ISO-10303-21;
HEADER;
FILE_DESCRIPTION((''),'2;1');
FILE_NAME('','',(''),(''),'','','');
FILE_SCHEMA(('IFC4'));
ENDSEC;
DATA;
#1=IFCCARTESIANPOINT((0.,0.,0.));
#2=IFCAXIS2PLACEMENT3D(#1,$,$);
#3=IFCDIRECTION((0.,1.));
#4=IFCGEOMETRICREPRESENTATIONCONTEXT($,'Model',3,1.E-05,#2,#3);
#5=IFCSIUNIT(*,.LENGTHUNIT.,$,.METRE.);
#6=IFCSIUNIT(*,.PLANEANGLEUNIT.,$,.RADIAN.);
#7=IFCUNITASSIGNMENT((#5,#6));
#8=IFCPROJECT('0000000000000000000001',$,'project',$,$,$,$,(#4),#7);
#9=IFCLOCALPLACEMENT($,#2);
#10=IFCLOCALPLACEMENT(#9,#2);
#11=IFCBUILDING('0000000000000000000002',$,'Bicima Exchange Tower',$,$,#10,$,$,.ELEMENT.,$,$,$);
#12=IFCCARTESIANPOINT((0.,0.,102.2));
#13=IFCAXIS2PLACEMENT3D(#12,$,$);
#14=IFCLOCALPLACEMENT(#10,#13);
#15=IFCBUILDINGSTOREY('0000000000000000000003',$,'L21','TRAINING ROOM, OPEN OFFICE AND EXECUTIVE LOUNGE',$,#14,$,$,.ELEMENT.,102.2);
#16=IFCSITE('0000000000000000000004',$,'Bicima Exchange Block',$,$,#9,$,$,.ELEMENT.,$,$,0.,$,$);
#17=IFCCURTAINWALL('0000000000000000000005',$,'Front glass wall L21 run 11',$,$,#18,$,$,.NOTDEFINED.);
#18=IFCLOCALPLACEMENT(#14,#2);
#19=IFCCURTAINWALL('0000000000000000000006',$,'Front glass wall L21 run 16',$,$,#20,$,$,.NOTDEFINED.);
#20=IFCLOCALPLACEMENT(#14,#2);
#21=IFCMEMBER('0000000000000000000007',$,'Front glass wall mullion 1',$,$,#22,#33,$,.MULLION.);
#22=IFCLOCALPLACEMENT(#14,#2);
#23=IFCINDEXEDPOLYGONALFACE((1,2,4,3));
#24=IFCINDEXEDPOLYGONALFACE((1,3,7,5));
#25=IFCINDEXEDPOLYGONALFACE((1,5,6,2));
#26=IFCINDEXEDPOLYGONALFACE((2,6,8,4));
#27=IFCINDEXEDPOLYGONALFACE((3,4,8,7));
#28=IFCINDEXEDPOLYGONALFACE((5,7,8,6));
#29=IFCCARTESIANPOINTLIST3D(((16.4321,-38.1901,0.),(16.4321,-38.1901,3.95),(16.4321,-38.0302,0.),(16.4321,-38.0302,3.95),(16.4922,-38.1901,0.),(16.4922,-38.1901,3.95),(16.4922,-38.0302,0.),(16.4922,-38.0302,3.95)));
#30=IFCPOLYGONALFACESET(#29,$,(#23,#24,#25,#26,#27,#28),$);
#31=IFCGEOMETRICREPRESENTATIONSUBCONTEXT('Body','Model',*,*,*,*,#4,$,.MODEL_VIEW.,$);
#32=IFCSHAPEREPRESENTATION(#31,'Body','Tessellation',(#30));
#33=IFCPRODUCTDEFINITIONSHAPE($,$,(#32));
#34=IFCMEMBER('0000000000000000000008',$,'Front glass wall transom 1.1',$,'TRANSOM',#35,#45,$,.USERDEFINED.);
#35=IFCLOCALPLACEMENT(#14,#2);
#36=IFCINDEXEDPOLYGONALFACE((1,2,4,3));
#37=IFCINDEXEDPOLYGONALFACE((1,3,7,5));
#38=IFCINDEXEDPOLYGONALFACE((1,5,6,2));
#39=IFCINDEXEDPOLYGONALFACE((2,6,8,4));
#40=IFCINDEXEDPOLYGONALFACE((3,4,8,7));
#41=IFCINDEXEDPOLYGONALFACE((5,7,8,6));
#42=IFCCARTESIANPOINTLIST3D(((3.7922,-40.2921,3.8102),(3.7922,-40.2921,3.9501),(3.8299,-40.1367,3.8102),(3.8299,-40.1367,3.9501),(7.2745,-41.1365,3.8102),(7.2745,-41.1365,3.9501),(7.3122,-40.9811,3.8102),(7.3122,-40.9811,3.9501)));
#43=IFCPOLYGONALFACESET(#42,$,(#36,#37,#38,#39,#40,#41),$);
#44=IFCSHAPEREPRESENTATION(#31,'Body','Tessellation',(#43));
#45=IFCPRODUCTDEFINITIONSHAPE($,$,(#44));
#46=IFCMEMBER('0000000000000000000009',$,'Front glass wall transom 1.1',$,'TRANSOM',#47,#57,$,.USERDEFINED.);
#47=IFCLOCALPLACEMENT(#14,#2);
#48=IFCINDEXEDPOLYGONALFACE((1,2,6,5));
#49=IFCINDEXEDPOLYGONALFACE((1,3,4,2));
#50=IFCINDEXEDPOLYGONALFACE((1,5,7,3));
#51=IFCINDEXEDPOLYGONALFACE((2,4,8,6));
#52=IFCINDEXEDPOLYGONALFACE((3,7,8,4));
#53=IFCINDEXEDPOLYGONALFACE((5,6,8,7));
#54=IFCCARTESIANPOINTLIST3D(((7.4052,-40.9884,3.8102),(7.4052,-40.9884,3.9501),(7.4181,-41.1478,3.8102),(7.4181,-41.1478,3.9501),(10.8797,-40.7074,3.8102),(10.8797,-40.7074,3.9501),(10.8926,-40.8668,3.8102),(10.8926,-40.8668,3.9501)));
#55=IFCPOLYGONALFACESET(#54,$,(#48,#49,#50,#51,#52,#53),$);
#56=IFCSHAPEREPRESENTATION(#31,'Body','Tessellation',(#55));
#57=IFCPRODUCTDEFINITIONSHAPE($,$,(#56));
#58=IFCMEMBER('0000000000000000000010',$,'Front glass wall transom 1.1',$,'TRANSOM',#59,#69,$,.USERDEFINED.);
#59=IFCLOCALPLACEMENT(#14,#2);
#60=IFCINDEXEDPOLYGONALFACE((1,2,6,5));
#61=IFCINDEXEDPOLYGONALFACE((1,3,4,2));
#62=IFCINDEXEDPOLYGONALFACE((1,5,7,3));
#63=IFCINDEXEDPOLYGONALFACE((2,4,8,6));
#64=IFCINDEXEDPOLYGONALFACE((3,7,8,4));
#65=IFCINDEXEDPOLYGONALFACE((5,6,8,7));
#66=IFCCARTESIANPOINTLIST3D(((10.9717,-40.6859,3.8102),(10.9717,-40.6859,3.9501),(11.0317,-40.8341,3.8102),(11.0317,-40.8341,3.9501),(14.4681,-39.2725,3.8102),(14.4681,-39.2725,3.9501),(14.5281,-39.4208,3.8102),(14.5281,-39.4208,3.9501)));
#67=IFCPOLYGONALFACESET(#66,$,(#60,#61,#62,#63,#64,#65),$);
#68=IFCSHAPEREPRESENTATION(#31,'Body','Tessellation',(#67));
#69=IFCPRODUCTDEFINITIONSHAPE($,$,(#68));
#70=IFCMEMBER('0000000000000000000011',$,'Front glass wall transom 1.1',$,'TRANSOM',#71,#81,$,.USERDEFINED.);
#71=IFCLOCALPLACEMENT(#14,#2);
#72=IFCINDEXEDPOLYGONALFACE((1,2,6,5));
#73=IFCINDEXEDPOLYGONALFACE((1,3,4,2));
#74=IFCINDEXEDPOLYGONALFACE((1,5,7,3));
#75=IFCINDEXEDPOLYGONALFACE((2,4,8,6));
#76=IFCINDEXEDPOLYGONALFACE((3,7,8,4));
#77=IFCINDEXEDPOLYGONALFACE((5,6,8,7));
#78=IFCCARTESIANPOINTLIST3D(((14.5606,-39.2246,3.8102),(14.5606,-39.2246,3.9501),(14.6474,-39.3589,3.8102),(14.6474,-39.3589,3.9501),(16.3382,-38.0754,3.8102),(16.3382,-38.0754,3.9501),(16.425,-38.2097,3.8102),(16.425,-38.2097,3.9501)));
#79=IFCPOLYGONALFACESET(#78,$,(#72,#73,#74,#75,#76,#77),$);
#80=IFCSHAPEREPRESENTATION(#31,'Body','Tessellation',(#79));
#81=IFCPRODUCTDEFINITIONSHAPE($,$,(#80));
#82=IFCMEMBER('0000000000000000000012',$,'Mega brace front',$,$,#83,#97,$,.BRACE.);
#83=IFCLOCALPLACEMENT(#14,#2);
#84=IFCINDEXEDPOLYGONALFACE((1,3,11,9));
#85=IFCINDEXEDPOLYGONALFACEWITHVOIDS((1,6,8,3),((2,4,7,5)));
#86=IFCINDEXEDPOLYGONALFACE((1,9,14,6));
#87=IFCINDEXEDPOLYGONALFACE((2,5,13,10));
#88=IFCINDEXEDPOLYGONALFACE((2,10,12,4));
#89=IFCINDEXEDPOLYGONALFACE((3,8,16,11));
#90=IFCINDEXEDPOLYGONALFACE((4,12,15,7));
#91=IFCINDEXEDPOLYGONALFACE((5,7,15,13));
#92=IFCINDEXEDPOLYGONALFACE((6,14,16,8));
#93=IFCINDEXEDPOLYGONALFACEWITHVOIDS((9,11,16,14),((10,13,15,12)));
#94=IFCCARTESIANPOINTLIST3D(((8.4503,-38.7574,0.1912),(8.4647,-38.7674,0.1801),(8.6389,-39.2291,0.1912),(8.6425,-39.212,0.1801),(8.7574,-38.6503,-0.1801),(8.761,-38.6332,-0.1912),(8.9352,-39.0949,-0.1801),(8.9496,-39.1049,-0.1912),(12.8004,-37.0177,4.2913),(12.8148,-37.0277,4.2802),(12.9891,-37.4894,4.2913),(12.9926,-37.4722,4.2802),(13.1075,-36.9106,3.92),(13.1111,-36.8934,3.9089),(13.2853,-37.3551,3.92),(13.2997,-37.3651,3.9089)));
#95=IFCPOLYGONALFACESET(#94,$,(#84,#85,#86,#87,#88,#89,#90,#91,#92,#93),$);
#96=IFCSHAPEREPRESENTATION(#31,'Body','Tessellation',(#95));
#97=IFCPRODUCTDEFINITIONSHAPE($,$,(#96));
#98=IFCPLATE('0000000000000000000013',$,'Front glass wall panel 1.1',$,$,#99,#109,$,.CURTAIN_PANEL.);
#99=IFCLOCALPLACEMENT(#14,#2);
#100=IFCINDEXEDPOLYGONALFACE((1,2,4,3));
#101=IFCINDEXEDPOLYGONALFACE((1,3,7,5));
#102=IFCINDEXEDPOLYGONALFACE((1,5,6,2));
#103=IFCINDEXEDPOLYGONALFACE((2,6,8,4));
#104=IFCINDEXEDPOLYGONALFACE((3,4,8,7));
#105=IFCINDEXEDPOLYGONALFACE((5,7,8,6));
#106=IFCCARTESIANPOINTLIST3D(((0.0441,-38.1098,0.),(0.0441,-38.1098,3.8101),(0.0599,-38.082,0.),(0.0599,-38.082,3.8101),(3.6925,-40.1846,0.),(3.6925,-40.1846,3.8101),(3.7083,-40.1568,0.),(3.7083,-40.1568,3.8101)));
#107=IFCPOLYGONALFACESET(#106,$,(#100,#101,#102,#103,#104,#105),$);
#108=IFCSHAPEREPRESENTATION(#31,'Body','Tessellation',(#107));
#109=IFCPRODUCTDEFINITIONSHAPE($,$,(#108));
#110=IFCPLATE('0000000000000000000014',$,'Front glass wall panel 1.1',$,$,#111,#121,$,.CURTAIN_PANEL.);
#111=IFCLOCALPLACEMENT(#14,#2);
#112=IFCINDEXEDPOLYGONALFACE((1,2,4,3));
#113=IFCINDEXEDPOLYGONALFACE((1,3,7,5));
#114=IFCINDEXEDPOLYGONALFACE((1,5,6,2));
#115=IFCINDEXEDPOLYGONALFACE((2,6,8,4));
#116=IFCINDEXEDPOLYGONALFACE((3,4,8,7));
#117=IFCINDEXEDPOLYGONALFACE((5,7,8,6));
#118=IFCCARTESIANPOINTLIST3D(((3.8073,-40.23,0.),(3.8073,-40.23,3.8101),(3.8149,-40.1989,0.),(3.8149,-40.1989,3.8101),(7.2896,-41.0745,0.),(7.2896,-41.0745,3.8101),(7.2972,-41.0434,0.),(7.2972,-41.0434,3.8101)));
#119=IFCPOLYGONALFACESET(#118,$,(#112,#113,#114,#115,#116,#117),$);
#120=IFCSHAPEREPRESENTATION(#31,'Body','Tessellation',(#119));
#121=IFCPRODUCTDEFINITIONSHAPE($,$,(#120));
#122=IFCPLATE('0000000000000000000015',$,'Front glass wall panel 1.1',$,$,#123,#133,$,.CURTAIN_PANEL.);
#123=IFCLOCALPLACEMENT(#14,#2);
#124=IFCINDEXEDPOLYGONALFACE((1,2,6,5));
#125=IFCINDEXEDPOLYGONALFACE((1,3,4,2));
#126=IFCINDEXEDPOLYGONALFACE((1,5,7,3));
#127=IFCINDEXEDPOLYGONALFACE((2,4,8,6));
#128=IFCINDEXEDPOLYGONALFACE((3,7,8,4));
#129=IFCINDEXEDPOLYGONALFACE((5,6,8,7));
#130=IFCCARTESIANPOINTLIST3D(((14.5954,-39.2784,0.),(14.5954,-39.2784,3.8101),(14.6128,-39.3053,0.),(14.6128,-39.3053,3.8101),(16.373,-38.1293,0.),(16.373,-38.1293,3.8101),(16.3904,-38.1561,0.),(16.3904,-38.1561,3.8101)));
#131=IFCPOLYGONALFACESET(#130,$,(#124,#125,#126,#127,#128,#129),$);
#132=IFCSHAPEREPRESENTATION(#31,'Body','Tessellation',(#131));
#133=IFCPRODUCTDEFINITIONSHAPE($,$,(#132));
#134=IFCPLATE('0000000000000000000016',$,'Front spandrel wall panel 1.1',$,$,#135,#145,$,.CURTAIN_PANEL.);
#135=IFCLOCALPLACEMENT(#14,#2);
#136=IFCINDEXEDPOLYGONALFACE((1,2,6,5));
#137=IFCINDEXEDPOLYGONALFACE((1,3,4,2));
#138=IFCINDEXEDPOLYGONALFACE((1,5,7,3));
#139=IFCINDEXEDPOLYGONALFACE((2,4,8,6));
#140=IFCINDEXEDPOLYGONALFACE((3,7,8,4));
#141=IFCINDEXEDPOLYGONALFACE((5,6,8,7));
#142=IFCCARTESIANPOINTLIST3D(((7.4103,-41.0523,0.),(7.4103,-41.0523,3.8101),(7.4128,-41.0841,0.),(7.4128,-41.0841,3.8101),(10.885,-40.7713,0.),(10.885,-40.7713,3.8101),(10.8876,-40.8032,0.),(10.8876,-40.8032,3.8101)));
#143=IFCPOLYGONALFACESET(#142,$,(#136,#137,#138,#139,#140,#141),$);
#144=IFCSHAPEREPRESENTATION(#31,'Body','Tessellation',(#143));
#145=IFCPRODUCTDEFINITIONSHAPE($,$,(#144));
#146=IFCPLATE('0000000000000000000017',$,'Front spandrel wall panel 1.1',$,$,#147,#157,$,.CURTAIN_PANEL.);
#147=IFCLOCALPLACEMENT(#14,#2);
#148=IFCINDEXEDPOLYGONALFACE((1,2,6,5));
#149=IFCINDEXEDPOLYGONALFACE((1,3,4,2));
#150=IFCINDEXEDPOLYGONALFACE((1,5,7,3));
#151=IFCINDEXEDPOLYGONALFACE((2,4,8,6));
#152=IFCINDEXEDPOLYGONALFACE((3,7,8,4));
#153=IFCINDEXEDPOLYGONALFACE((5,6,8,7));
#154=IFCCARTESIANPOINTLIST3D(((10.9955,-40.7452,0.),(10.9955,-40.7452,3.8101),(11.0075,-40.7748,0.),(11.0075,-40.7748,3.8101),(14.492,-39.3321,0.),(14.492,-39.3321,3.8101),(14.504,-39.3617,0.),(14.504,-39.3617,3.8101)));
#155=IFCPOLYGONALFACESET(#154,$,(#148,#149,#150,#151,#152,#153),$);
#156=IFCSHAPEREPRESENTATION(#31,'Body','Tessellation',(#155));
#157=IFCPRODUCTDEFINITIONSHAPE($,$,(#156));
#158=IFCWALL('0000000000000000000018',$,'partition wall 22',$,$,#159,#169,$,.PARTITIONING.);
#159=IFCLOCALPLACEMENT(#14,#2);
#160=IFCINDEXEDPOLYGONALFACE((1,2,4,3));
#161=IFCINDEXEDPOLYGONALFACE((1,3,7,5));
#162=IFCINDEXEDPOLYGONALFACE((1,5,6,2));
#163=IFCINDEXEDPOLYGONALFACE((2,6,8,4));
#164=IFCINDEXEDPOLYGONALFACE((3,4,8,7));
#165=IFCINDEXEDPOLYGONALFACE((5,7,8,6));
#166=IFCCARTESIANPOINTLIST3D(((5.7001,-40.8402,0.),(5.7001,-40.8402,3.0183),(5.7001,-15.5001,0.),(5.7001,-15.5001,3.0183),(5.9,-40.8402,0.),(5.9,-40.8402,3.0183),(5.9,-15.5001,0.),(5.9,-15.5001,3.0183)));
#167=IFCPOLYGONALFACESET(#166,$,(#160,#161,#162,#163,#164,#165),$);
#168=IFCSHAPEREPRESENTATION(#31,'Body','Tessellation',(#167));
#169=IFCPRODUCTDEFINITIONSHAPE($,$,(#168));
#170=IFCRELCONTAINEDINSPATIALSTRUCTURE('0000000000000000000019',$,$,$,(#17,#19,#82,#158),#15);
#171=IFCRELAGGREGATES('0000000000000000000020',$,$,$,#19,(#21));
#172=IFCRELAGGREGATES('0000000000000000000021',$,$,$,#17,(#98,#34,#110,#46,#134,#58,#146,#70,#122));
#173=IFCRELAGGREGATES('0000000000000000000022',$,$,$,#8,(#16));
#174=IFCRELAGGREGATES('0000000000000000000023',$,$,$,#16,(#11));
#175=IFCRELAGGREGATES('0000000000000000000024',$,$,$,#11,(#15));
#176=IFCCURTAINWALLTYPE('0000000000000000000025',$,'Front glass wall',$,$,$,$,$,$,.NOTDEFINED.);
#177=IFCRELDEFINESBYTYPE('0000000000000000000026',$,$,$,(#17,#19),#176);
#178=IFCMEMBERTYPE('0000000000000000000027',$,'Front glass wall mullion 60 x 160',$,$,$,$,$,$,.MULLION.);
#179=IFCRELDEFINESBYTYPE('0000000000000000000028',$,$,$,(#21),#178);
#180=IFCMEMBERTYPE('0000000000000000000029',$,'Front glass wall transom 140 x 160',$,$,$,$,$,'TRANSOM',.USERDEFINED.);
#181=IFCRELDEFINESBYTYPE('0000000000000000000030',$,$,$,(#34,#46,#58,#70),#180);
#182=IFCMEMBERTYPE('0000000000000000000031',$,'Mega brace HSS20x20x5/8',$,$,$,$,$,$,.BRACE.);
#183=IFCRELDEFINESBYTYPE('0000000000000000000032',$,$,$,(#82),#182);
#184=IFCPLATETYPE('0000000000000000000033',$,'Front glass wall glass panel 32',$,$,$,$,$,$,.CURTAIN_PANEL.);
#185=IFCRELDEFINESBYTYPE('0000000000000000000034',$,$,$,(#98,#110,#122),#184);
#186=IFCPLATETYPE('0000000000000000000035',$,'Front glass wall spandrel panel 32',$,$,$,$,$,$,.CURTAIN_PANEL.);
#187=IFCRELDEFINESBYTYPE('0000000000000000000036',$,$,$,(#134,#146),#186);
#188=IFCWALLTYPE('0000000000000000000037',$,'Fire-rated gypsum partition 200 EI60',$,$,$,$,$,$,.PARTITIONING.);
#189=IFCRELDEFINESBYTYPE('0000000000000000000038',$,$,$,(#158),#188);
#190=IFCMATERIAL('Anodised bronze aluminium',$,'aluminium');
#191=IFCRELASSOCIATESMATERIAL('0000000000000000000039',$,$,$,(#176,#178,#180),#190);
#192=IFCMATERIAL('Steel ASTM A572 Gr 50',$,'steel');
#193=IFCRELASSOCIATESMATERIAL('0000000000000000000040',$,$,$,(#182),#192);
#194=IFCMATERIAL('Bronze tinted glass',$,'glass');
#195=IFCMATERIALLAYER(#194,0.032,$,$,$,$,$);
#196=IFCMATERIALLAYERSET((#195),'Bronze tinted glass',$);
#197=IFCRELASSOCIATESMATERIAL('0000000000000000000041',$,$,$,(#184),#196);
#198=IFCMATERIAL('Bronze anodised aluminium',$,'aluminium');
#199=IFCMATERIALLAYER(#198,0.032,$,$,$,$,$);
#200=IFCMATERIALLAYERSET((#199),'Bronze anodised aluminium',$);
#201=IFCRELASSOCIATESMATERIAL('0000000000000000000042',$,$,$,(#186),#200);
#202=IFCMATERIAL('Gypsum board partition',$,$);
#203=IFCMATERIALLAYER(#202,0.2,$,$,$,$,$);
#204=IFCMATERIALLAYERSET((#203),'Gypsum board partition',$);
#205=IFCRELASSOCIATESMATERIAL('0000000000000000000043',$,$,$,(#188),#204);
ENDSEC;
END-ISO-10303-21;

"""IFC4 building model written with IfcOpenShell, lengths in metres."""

from ifc_helpers import new_model, si_unit, direction, frame, frame_2d, origin, origin_2d, place, context, subcontext, project, spatial, rectangle, hollow_rectangle, extrude, material, layer, layer_set, material_profile, profile_set, type_object, element, aggregate, save


model = new_model("IFC4")

# Units and contexts
model_context = context("Model", 3, precision=1e-05, world=origin(), true_north=direction((0.0, 1.0)))
body_context = subcontext(model_context, "Body", "Model", "MODEL_VIEW")
ifc_project = project(units=[si_unit("LENGTHUNIT", "METRE"), si_unit("PLANEANGLEUNIT", "RADIAN")], contexts=[model_context])

# Site, building, storey
site_placement = place(None, origin())
site = spatial("IfcSite", under=ifc_project, at=site_placement, Name="Bicima Exchange Block", CompositionType="ELEMENT", RefElevation=0.0)
building_placement = place(site_placement, origin())
building = spatial("IfcBuilding", under=site, at=building_placement, Name="Bicima Exchange Tower", CompositionType="ELEMENT")
storey_placement = place(building_placement, frame((0.0, 0.0, 102.2)))
storey = spatial("IfcBuildingStorey", under=building, at=storey_placement, Name="L21", Description="TRAINING ROOM, OPEN OFFICE AND EXECUTIVE LOUNGE", CompositionType="ELEMENT", Elevation=102.2)

# Shared definitions
ifc_material_1 = material(Name="Steel ASTM A572 Gr 50", Category="steel")

# Curtain wall
ifc_material_2 = material(Name="Anodised bronze aluminium", Category="aluminium")
curtain_wall_type = type_object("IfcCurtainWallType", Name="Front glass wall", PredefinedType="NOTDEFINED", material=ifc_material_2)
curtain_wall_1_placement = place(storey_placement, origin())
curtain_wall_1 = element("IfcCurtainWall", 1, at=curtain_wall_1_placement, inside=storey, type_object=curtain_wall_type, Name="Front glass wall L21 run 11", PredefinedType="NOTDEFINED")
ifc_material_profile_1 = material_profile(ifc_material_2, rectangle(XDim=0.1599, YDim=0.0601, at=origin_2d()))
ifc_profile_set_1 = profile_set([ifc_material_profile_1], Name="Anodised bronze aluminium")
member_type_1 = type_object("IfcMemberType", Name="Front glass wall mullion 60 x 160", PredefinedType="MULLION", material=ifc_profile_set_1)

# Curtain wall, member
curtain_wall_2_placement = place(storey_placement, origin())
curtain_wall_2 = element("IfcCurtainWall", 2, at=curtain_wall_2_placement, inside=storey, type_object=curtain_wall_type, Name="Front glass wall L21 run 16", PredefinedType="NOTDEFINED")
member_1_placement = place(storey_placement, frame((16.4622, -38.1101, 0.0), z_axis=(0.0, 0.0, 1.0), x_axis=(0.0, 1.0, 0.0)))
member_1 = element("IfcMember", 3, at=member_1_placement, type_object=member_type_1, Name="Front glass wall mullion 1", PredefinedType="MULLION", context=body_context, shape_type="SweptSolid", body=[
    extrude(rectangle(XDim=0.1599, YDim=0.0601, at=origin_2d()), origin(), (0.0, 0.0, 1.0), 3.95),
])
aggregate(curtain_wall_2, [member_1])

# Members
ifc_material_profile_2 = material_profile(ifc_material_2, rectangle(XDim=0.1599, YDim=0.1399, at=origin_2d()))
ifc_profile_set_2 = profile_set([ifc_material_profile_2], Name="Anodised bronze aluminium")
member_type_2 = type_object("IfcMemberType", Name="Front glass wall transom 140 x 160", ElementType="TRANSOM", PredefinedType="USERDEFINED", material=ifc_profile_set_2)
member_2_placement = place(storey_placement, frame((3.811, -40.2144, 3.8801), z_axis=(0.971834, -0.235668, 0.0), x_axis=(0.235668, 0.971834, 0.0)))
member_2 = element("IfcMember", 4, at=member_2_placement, type_object=member_type_2, Name="Front glass wall transom 1.1", ObjectType="TRANSOM", PredefinedType="USERDEFINED", context=body_context, shape_type="SweptSolid", body=[
    extrude(rectangle(XDim=0.1599, YDim=0.1399, at=origin_2d()), origin(), (0.0, 0.0, 1.0), 3.5833),
])
member_3_placement = place(storey_placement, frame((7.4116, -41.0681, 3.8801), z_axis=(0.996746, 0.080611, 0.0), x_axis=(-0.080611, 0.996746, 0.0)))
member_3 = element("IfcMember", 5, at=member_3_placement, type_object=member_type_2, Name="Front glass wall transom 1.1", ObjectType="TRANSOM", PredefinedType="USERDEFINED", context=body_context, shape_type="SweptSolid", body=[
    extrude(rectangle(XDim=0.1599, YDim=0.1399, at=origin_2d()), origin(), (0.0, 0.0, 1.0), 3.4858),
])
member_4_placement = place(storey_placement, frame((11.0017, -40.76, 3.8801), z_axis=(0.927118, 0.37477, 0.0), x_axis=(-0.37477, 0.927118, 0.0)))
member_4 = element("IfcMember", 6, at=member_4_placement, type_object=member_type_2, Name="Front glass wall transom 1.1", ObjectType="TRANSOM", PredefinedType="USERDEFINED", context=body_context, shape_type="SweptSolid", body=[
    extrude(rectangle(XDim=0.1599, YDim=0.1399, at=origin_2d()), origin(), (0.0, 0.0, 1.0), 3.7712),
])
member_5_placement = place(storey_placement, frame((14.604, -39.2917, 3.8801), z_axis=(0.839793, 0.542907, 0.0), x_axis=(-0.542907, 0.839793, 0.0)))
member_5 = element("IfcMember", 7, at=member_5_placement, type_object=member_type_2, Name="Front glass wall transom 1.1", ObjectType="TRANSOM", PredefinedType="USERDEFINED", context=body_context, shape_type="SweptSolid", body=[
    extrude(rectangle(XDim=0.1599, YDim=0.1399, at=origin_2d()), origin(), (0.0, 0.0, 1.0), 2.1167),
])
ifc_material_profile_3 = material_profile(ifc_material_1, hollow_rectangle(XDim=0.5081, YDim=0.5081, WallThickness=0.0146, at=origin_2d()))
ifc_profile_set_3 = profile_set([ifc_material_profile_3], Name="Steel ASTM A572 Gr 50")
member_type_3 = type_object("IfcMemberType", Name="Mega brace HSS20x20x5/8", PredefinedType="BRACE", material=ifc_profile_set_3)
member_6_placement = place(storey_placement, frame((8.7, -38.9312, 0.0), z_axis=(0.698719, 0.27944, 0.658563), x_axis=(-0.371337, 0.928498, 0.0)))
element("IfcMember", 8, at=member_6_placement, inside=storey, type_object=member_type_3, Name="Mega brace front", PredefinedType="BRACE", context=body_context, shape_type="SweptSolid", body=[
    extrude(hollow_rectangle(XDim=0.5081, YDim=0.5081, WallThickness=0.0146, at=origin_2d()), origin(), (0.0, 0.0, 1.0), 6.2258),
])

# Plates
ifc_material_3 = material(Name="Bronze tinted glass", Category="glass")
ifc_layer_1 = layer(ifc_material_3, 0.032)
ifc_layer_set_1 = layer_set([ifc_layer_1], Name="Bronze tinted glass")
plate_type_1 = type_object("IfcPlateType", Name="Front glass wall glass panel 32", PredefinedType="CURTAIN_PANEL", material=ifc_layer_set_1)
plate_1_placement = place(storey_placement, frame((1.8762, -39.1333, 0.0), z_axis=(0.0, 0.0, 1.0), x_axis=(0.869274, -0.49433, 0.0)))
plate_1 = element("IfcPlate", 9, at=plate_1_placement, type_object=plate_type_1, Name="Front glass wall panel 1.1", PredefinedType="CURTAIN_PANEL", context=body_context, shape_type="SweptSolid", body=[
    extrude(rectangle(XDim=4.197, YDim=0.032, at=origin_2d()), origin(), (0.0, 0.0, 1.0), 3.8101),
])
plate_2_placement = place(storey_placement, frame((5.5522, -40.6367, 0.0), z_axis=(0.0, 0.0, 1.0), x_axis=(0.97183, -0.235682, 0.0)))
plate_2 = element("IfcPlate", 10, at=plate_2_placement, type_object=plate_type_1, Name="Front glass wall panel 1.1", PredefinedType="CURTAIN_PANEL", context=body_context, shape_type="SweptSolid", body=[
    extrude(rectangle(XDim=3.5833, YDim=0.032, at=origin_2d()), origin(), (0.0, 0.0, 1.0), 3.8101),
])
plate_3_placement = place(storey_placement, frame((15.4929, -38.7173, 0.0), z_axis=(0.0, 0.0, 1.0), x_axis=(0.839791, 0.542909, 0.0)))
plate_3 = element("IfcPlate", 11, at=plate_3_placement, type_object=plate_type_1, Name="Front glass wall panel 1.1", PredefinedType="CURTAIN_PANEL", context=body_context, shape_type="SweptSolid", body=[
    extrude(rectangle(XDim=2.1167, YDim=0.032, at=origin_2d()), origin(), (0.0, 0.0, 1.0), 3.8101),
])
ifc_material_4 = material(Name="Bronze anodised aluminium", Category="aluminium")
ifc_layer_2 = layer(ifc_material_4, 0.032)
ifc_layer_set_2 = layer_set([ifc_layer_2], Name="Bronze anodised aluminium")
plate_type_2 = type_object("IfcPlateType", Name="Front glass wall spandrel panel 32", PredefinedType="CURTAIN_PANEL", material=ifc_layer_set_2)
plate_4_placement = place(storey_placement, frame((9.1489, -40.9277, 0.0), z_axis=(0.0, 0.0, 1.0), x_axis=(0.996747, 0.080589, 0.0)))
plate_4 = element("IfcPlate", 12, at=plate_4_placement, type_object=plate_type_2, Name="Front spandrel wall panel 1.1", PredefinedType="CURTAIN_PANEL", context=body_context, shape_type="SweptSolid", body=[
    extrude(rectangle(XDim=3.4861, YDim=0.032, at=origin_2d()), origin(), (0.0, 0.0, 1.0), 3.8101),
])
plate_5_placement = place(storey_placement, frame((12.7498, -40.0535, 0.0), z_axis=(0.0, 0.0, 1.0), x_axis=(0.927144, 0.374705, 0.0)))
plate_5 = element("IfcPlate", 13, at=plate_5_placement, type_object=plate_type_2, Name="Front spandrel wall panel 1.1", PredefinedType="CURTAIN_PANEL", context=body_context, shape_type="SweptSolid", body=[
    extrude(rectangle(XDim=3.7712, YDim=0.032, at=origin_2d()), origin(), (0.0, 0.0, 1.0), 3.8101),
])
aggregate(curtain_wall_1, [plate_1, member_2, plate_2, member_3, plate_4, member_4, plate_5, member_5, plate_3])

# Wall
ifc_material_5 = material(Name="Gypsum board partition")
ifc_layer_3 = layer(ifc_material_5, 0.2)
ifc_layer_set_3 = layer_set([ifc_layer_3], Name="Gypsum board partition")
wall_type = type_object("IfcWallType", Name="Fire-rated gypsum partition 200 EI60", PredefinedType="PARTITIONING", material=ifc_layer_set_3)
wall_placement = place(storey_placement, frame((5.8, -40.8401, 0.0), z_axis=(0.0, 0.0, 1.0), x_axis=(0.0, 1.0, 0.0)))
element("IfcWall", 14, at=wall_placement, inside=storey, type_object=wall_type, Name="partition wall 22", PredefinedType="PARTITIONING", context=body_context, shape_type="SweptSolid", body=[
    extrude(rectangle(XDim=25.3401, YDim=0.2, at=frame_2d((12.6699, 0.0))), origin(), (0.0, 0.0, 1.0), 3.0183),
])

save(model, "model.ifc")
